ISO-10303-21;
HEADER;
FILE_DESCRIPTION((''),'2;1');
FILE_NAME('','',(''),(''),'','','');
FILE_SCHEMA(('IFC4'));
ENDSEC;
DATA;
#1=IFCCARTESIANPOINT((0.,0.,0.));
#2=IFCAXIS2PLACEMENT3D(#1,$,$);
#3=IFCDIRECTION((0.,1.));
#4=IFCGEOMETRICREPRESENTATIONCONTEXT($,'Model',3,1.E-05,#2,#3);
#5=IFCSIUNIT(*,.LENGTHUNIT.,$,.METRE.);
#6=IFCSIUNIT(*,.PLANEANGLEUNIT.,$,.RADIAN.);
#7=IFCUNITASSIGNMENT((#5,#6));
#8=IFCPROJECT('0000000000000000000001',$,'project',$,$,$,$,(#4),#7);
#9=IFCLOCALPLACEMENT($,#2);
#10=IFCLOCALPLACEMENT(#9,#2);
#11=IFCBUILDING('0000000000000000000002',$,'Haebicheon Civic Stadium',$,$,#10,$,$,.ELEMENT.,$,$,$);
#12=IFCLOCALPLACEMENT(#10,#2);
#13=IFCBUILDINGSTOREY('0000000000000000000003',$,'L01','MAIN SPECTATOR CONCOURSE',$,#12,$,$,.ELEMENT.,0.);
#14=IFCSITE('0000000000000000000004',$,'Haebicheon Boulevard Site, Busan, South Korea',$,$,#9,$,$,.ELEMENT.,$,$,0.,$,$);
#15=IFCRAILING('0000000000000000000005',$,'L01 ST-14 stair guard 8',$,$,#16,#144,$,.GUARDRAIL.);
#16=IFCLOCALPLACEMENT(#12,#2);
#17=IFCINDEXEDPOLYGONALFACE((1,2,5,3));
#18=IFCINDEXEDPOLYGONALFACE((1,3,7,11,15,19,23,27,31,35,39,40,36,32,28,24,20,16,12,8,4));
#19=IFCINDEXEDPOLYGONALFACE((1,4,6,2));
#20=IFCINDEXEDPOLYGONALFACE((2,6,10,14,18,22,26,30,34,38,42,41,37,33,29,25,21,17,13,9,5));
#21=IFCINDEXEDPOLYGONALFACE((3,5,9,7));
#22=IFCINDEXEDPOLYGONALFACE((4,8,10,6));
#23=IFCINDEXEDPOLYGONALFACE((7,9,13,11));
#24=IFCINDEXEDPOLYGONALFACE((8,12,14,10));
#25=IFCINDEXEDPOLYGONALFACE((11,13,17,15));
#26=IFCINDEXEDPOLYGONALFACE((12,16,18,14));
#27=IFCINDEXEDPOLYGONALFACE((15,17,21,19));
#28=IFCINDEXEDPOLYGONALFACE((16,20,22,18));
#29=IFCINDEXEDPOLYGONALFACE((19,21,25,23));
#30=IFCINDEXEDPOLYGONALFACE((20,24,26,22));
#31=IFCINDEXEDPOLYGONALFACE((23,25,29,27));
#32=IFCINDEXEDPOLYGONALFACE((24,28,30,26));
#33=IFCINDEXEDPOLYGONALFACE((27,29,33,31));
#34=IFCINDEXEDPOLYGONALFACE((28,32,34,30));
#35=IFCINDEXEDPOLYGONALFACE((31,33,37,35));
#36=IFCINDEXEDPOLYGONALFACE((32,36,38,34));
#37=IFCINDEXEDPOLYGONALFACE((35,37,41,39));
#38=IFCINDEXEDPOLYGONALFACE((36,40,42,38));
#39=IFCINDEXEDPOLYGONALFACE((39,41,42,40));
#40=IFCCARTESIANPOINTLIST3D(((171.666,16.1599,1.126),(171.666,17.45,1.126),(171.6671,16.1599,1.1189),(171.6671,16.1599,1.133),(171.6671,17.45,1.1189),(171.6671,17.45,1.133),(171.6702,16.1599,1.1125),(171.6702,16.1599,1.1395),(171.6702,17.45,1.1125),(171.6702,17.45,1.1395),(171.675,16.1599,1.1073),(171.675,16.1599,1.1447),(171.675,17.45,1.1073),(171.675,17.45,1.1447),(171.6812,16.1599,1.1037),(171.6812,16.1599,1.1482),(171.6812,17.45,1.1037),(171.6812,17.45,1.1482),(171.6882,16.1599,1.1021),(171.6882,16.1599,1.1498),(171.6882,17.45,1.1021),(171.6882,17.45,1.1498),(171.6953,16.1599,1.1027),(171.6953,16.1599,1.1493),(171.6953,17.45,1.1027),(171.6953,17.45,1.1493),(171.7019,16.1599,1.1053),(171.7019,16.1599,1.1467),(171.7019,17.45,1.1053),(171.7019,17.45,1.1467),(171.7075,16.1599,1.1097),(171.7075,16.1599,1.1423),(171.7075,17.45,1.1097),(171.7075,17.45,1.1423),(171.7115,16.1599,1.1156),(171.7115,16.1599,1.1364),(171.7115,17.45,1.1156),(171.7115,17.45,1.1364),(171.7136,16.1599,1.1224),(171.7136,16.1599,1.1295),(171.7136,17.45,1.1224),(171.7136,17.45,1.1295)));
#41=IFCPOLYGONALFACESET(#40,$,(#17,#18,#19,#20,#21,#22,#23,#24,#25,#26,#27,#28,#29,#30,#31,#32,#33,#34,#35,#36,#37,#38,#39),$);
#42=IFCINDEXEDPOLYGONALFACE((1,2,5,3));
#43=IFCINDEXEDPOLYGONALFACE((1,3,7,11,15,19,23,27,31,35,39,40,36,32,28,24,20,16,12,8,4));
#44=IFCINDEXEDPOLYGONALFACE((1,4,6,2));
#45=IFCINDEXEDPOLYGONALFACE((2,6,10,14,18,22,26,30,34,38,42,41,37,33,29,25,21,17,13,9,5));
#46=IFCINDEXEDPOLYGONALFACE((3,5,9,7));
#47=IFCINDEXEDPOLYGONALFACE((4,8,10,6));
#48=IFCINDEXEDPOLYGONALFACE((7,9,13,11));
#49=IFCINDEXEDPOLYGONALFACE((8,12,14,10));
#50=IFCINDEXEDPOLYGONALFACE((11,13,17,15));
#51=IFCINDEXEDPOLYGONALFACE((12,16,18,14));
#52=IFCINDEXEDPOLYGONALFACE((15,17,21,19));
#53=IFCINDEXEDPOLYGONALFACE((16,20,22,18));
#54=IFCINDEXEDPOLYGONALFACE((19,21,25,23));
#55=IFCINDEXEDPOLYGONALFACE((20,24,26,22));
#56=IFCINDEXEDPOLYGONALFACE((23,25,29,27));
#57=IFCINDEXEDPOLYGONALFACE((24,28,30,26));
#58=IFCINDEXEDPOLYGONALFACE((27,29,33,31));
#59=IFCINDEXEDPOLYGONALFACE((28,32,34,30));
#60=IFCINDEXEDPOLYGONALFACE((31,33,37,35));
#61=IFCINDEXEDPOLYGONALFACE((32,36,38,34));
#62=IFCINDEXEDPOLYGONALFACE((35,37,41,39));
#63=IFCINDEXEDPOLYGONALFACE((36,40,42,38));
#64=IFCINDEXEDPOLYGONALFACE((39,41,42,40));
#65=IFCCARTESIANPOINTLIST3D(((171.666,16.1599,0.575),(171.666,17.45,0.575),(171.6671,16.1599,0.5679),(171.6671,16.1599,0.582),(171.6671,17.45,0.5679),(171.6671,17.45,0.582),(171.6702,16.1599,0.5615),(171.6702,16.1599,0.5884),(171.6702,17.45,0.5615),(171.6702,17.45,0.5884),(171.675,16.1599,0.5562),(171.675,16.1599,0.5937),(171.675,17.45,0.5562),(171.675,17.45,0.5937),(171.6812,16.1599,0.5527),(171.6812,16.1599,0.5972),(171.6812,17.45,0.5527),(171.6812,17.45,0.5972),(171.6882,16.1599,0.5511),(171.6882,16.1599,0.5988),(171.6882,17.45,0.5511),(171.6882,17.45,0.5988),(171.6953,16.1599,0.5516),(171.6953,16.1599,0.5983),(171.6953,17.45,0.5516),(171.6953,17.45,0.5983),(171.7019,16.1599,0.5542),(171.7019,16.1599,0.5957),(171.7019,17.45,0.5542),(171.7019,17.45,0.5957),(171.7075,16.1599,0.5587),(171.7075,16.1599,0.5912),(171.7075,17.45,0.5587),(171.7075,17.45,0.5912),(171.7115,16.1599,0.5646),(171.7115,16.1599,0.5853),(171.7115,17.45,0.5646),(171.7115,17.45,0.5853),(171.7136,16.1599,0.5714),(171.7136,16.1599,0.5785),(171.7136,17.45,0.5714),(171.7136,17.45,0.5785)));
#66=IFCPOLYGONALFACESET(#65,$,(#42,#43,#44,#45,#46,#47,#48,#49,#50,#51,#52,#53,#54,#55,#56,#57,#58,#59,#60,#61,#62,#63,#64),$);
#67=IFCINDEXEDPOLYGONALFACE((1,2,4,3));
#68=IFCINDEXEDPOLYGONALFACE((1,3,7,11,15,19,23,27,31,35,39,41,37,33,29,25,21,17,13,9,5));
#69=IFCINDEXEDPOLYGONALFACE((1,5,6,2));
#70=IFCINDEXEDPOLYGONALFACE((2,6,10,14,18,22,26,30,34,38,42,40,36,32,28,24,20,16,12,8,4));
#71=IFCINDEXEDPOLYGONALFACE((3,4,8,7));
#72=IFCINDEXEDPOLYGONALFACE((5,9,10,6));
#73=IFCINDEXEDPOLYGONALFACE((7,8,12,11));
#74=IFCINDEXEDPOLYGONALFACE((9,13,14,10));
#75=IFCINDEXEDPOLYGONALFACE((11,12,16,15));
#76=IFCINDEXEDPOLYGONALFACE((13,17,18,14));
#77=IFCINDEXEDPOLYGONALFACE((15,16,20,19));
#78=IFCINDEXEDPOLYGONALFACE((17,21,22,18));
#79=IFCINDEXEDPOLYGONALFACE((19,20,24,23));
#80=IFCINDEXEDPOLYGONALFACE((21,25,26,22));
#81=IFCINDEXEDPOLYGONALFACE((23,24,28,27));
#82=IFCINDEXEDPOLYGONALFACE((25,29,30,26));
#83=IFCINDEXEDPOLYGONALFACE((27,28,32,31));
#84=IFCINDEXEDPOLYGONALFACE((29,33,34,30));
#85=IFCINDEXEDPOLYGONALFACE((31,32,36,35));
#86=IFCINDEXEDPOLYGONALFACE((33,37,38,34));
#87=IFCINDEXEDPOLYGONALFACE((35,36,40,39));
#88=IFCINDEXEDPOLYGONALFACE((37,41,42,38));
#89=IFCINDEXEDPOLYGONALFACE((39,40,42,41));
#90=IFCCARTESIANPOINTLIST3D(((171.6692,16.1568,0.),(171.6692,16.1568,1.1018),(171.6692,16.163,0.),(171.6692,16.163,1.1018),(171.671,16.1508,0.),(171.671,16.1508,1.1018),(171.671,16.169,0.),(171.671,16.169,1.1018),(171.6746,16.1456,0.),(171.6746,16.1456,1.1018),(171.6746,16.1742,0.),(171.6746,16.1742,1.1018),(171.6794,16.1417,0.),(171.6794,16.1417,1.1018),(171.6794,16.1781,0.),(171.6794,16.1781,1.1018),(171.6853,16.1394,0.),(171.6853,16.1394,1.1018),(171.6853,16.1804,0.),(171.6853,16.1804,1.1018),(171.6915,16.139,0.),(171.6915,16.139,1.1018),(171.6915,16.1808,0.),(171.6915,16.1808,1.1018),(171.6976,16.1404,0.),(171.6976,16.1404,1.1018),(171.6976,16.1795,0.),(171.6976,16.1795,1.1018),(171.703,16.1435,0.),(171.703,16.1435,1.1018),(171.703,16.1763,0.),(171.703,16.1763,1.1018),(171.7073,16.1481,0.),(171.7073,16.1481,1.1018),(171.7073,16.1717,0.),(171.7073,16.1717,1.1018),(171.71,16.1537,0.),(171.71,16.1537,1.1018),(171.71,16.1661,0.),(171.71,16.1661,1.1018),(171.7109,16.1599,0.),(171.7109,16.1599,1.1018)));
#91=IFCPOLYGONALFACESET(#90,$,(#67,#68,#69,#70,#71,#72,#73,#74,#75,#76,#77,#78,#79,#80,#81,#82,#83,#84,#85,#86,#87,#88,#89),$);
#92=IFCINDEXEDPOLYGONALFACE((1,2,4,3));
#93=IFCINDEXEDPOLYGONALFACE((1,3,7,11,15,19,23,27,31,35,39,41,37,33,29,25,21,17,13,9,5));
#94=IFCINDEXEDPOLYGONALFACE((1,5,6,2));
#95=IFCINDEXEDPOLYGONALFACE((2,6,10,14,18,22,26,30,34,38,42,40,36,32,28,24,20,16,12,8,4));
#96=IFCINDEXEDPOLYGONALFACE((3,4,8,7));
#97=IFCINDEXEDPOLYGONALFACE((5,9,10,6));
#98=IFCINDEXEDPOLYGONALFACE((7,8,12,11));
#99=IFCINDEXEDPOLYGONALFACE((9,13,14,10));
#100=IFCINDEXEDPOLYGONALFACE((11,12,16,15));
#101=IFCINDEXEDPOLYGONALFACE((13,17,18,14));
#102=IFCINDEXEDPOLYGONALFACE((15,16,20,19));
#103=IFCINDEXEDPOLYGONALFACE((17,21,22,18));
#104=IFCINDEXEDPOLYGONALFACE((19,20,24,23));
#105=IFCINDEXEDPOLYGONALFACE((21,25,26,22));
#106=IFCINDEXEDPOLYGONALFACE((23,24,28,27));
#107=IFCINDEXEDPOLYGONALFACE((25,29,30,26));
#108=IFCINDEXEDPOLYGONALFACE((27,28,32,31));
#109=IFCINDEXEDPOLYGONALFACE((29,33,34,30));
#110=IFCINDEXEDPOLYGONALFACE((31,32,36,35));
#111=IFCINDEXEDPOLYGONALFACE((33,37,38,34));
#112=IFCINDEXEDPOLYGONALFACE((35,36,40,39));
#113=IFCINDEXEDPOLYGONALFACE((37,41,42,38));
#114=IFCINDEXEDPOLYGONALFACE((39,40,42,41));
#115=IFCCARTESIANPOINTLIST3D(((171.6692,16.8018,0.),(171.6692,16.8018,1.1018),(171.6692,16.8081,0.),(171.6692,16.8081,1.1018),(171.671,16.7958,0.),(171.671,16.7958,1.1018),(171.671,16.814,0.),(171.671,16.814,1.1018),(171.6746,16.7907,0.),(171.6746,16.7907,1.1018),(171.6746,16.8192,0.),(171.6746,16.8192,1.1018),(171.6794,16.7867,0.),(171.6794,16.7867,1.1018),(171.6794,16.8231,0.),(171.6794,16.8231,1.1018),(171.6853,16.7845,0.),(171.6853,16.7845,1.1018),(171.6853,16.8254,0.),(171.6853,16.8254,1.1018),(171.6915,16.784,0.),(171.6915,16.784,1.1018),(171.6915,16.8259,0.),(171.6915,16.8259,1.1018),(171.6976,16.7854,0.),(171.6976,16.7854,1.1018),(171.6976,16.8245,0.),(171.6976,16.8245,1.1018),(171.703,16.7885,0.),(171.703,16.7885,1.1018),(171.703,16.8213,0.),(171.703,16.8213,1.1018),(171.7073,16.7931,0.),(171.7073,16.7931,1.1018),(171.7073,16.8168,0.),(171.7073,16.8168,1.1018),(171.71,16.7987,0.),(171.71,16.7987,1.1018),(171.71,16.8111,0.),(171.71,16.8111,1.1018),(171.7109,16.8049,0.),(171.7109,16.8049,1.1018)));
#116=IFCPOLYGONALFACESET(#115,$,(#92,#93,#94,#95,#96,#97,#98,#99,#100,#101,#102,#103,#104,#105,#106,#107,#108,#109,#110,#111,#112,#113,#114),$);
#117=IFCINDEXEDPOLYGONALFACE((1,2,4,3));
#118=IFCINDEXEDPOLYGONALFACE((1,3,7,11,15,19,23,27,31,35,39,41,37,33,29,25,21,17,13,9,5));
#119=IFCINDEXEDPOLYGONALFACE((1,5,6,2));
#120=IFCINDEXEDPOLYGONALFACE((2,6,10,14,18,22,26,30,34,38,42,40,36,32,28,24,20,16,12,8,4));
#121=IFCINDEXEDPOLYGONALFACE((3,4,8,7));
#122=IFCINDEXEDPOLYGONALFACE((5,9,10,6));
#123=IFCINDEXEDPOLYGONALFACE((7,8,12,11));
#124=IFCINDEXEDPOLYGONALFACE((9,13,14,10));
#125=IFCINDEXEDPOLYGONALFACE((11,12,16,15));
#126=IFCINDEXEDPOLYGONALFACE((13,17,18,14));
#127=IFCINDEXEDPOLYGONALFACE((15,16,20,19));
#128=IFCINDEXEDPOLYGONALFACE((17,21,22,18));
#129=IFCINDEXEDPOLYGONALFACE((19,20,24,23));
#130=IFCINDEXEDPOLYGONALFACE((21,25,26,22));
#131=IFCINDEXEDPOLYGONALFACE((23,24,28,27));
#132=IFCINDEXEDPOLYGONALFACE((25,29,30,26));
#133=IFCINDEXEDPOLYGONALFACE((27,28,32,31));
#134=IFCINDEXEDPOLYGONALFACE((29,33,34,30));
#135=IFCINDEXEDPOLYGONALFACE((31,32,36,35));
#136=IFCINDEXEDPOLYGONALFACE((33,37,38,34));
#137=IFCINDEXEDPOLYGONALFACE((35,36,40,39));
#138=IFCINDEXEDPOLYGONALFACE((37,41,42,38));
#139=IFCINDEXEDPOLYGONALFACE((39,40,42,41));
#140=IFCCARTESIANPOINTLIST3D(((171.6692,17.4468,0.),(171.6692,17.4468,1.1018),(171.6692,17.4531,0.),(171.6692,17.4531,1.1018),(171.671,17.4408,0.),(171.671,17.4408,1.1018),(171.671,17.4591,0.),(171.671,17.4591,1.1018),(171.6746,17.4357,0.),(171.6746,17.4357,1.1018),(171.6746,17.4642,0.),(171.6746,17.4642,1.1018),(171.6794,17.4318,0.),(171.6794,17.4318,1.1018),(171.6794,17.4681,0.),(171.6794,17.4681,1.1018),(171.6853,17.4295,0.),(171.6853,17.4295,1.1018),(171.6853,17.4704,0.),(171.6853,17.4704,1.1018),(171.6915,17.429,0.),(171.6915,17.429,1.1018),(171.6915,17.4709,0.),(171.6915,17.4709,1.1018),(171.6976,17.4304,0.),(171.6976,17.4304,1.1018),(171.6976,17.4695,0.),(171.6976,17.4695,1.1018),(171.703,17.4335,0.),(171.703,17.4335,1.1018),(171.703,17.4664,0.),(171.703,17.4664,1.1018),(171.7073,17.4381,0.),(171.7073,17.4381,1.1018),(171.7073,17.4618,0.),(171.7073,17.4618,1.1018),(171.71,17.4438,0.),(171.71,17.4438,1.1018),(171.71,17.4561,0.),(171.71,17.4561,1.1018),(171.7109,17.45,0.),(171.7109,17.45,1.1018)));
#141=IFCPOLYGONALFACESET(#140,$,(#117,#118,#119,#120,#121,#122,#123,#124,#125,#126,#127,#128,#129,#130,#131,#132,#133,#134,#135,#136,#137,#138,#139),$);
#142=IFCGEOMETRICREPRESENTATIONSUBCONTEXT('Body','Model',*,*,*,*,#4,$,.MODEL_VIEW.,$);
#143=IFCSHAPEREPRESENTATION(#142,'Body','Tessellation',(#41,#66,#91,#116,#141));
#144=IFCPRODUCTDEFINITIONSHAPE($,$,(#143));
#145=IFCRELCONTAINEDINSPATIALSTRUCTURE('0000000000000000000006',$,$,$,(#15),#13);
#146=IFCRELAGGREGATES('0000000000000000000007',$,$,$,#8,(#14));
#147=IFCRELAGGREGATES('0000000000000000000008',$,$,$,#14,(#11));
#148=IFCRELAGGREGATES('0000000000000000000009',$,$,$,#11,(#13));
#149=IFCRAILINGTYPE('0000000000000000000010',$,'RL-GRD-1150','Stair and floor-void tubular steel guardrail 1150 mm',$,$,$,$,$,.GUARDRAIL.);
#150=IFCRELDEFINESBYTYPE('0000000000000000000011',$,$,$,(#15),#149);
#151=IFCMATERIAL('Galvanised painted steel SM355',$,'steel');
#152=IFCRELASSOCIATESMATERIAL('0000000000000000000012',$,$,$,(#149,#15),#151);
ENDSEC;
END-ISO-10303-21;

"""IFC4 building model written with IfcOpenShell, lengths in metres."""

from ifc_helpers import new_model, si_unit, direction, frame, origin, origin_2d, place, context, subcontext, project, spatial, circle, extrude, material, type_object, element, save


model = new_model("IFC4")

# Units and contexts
model_context = context("Model", 3, precision=1e-05, world=origin(), true_north=direction((0.0, 1.0)))
body_context = subcontext(model_context, "Body", "Model", "MODEL_VIEW")
ifc_project = project(units=[si_unit("LENGTHUNIT", "METRE"), si_unit("PLANEANGLEUNIT", "RADIAN")], contexts=[model_context])

# Site, building, storey
site_placement = place(None, origin())
site = spatial("IfcSite", under=ifc_project, at=site_placement, Name="Haebicheon Boulevard Site, Busan, South Korea", CompositionType="ELEMENT", RefElevation=0.0)
building_placement = place(site_placement, origin())
building = spatial("IfcBuilding", under=site, at=building_placement, Name="Haebicheon Civic Stadium", CompositionType="ELEMENT")
storey_placement = place(building_placement, origin())
storey = spatial("IfcBuildingStorey", under=building, at=storey_placement, Name="L01", Description="MAIN SPECTATOR CONCOURSE", CompositionType="ELEMENT", Elevation=0.0)

# Railing
ifc_material_1 = material(Name="Galvanised painted steel SM355", Category="steel")
railing_type = type_object("IfcRailingType", Name="RL-GRD-1150", Description="Stair and floor-void tubular steel guardrail 1150 mm", PredefinedType="GUARDRAIL", material=ifc_material_1)
for number, where, name in (
    (1, (171.6899, 16.1599, 0.0), "L01 ST-14 stair guard 8"),
):
    element("IfcRailing", number, at=place(storey_placement, frame(where)), inside=storey, type_object=railing_type, material=ifc_material_1, Name=name, PredefinedType="GUARDRAIL", context=body_context, shape_type="SweptSolid", body=[
        extrude(circle(Radius=0.0239, at=origin_2d()), frame((0.0, 0.0, 1.126), z_axis=(0.0, 1.0, 0.0), x_axis=(-1.0, 0.0, 0.0)), (0.0, 0.0, 1.0), 1.29),
        extrude(circle(Radius=0.0239, at=origin_2d()), frame((0.0, 0.0, 0.575), z_axis=(0.0, 1.0, 0.0), x_axis=(-1.0, 0.0, 0.0)), (0.0, 0.0, 1.0), 1.29),
        extrude(circle(Radius=0.021, at=origin_2d()), origin(), (0.0, 0.0, 1.0), 1.1018),
        extrude(circle(Radius=0.021, at=origin_2d()), frame((0.0, 0.645, 0.0)), (0.0, 0.0, 1.0), 1.1018),
        extrude(circle(Radius=0.021, at=origin_2d()), frame((0.0, 1.29, 0.0)), (0.0, 0.0, 1.0), 1.1018),
    ])

save(model, "model.ifc")
